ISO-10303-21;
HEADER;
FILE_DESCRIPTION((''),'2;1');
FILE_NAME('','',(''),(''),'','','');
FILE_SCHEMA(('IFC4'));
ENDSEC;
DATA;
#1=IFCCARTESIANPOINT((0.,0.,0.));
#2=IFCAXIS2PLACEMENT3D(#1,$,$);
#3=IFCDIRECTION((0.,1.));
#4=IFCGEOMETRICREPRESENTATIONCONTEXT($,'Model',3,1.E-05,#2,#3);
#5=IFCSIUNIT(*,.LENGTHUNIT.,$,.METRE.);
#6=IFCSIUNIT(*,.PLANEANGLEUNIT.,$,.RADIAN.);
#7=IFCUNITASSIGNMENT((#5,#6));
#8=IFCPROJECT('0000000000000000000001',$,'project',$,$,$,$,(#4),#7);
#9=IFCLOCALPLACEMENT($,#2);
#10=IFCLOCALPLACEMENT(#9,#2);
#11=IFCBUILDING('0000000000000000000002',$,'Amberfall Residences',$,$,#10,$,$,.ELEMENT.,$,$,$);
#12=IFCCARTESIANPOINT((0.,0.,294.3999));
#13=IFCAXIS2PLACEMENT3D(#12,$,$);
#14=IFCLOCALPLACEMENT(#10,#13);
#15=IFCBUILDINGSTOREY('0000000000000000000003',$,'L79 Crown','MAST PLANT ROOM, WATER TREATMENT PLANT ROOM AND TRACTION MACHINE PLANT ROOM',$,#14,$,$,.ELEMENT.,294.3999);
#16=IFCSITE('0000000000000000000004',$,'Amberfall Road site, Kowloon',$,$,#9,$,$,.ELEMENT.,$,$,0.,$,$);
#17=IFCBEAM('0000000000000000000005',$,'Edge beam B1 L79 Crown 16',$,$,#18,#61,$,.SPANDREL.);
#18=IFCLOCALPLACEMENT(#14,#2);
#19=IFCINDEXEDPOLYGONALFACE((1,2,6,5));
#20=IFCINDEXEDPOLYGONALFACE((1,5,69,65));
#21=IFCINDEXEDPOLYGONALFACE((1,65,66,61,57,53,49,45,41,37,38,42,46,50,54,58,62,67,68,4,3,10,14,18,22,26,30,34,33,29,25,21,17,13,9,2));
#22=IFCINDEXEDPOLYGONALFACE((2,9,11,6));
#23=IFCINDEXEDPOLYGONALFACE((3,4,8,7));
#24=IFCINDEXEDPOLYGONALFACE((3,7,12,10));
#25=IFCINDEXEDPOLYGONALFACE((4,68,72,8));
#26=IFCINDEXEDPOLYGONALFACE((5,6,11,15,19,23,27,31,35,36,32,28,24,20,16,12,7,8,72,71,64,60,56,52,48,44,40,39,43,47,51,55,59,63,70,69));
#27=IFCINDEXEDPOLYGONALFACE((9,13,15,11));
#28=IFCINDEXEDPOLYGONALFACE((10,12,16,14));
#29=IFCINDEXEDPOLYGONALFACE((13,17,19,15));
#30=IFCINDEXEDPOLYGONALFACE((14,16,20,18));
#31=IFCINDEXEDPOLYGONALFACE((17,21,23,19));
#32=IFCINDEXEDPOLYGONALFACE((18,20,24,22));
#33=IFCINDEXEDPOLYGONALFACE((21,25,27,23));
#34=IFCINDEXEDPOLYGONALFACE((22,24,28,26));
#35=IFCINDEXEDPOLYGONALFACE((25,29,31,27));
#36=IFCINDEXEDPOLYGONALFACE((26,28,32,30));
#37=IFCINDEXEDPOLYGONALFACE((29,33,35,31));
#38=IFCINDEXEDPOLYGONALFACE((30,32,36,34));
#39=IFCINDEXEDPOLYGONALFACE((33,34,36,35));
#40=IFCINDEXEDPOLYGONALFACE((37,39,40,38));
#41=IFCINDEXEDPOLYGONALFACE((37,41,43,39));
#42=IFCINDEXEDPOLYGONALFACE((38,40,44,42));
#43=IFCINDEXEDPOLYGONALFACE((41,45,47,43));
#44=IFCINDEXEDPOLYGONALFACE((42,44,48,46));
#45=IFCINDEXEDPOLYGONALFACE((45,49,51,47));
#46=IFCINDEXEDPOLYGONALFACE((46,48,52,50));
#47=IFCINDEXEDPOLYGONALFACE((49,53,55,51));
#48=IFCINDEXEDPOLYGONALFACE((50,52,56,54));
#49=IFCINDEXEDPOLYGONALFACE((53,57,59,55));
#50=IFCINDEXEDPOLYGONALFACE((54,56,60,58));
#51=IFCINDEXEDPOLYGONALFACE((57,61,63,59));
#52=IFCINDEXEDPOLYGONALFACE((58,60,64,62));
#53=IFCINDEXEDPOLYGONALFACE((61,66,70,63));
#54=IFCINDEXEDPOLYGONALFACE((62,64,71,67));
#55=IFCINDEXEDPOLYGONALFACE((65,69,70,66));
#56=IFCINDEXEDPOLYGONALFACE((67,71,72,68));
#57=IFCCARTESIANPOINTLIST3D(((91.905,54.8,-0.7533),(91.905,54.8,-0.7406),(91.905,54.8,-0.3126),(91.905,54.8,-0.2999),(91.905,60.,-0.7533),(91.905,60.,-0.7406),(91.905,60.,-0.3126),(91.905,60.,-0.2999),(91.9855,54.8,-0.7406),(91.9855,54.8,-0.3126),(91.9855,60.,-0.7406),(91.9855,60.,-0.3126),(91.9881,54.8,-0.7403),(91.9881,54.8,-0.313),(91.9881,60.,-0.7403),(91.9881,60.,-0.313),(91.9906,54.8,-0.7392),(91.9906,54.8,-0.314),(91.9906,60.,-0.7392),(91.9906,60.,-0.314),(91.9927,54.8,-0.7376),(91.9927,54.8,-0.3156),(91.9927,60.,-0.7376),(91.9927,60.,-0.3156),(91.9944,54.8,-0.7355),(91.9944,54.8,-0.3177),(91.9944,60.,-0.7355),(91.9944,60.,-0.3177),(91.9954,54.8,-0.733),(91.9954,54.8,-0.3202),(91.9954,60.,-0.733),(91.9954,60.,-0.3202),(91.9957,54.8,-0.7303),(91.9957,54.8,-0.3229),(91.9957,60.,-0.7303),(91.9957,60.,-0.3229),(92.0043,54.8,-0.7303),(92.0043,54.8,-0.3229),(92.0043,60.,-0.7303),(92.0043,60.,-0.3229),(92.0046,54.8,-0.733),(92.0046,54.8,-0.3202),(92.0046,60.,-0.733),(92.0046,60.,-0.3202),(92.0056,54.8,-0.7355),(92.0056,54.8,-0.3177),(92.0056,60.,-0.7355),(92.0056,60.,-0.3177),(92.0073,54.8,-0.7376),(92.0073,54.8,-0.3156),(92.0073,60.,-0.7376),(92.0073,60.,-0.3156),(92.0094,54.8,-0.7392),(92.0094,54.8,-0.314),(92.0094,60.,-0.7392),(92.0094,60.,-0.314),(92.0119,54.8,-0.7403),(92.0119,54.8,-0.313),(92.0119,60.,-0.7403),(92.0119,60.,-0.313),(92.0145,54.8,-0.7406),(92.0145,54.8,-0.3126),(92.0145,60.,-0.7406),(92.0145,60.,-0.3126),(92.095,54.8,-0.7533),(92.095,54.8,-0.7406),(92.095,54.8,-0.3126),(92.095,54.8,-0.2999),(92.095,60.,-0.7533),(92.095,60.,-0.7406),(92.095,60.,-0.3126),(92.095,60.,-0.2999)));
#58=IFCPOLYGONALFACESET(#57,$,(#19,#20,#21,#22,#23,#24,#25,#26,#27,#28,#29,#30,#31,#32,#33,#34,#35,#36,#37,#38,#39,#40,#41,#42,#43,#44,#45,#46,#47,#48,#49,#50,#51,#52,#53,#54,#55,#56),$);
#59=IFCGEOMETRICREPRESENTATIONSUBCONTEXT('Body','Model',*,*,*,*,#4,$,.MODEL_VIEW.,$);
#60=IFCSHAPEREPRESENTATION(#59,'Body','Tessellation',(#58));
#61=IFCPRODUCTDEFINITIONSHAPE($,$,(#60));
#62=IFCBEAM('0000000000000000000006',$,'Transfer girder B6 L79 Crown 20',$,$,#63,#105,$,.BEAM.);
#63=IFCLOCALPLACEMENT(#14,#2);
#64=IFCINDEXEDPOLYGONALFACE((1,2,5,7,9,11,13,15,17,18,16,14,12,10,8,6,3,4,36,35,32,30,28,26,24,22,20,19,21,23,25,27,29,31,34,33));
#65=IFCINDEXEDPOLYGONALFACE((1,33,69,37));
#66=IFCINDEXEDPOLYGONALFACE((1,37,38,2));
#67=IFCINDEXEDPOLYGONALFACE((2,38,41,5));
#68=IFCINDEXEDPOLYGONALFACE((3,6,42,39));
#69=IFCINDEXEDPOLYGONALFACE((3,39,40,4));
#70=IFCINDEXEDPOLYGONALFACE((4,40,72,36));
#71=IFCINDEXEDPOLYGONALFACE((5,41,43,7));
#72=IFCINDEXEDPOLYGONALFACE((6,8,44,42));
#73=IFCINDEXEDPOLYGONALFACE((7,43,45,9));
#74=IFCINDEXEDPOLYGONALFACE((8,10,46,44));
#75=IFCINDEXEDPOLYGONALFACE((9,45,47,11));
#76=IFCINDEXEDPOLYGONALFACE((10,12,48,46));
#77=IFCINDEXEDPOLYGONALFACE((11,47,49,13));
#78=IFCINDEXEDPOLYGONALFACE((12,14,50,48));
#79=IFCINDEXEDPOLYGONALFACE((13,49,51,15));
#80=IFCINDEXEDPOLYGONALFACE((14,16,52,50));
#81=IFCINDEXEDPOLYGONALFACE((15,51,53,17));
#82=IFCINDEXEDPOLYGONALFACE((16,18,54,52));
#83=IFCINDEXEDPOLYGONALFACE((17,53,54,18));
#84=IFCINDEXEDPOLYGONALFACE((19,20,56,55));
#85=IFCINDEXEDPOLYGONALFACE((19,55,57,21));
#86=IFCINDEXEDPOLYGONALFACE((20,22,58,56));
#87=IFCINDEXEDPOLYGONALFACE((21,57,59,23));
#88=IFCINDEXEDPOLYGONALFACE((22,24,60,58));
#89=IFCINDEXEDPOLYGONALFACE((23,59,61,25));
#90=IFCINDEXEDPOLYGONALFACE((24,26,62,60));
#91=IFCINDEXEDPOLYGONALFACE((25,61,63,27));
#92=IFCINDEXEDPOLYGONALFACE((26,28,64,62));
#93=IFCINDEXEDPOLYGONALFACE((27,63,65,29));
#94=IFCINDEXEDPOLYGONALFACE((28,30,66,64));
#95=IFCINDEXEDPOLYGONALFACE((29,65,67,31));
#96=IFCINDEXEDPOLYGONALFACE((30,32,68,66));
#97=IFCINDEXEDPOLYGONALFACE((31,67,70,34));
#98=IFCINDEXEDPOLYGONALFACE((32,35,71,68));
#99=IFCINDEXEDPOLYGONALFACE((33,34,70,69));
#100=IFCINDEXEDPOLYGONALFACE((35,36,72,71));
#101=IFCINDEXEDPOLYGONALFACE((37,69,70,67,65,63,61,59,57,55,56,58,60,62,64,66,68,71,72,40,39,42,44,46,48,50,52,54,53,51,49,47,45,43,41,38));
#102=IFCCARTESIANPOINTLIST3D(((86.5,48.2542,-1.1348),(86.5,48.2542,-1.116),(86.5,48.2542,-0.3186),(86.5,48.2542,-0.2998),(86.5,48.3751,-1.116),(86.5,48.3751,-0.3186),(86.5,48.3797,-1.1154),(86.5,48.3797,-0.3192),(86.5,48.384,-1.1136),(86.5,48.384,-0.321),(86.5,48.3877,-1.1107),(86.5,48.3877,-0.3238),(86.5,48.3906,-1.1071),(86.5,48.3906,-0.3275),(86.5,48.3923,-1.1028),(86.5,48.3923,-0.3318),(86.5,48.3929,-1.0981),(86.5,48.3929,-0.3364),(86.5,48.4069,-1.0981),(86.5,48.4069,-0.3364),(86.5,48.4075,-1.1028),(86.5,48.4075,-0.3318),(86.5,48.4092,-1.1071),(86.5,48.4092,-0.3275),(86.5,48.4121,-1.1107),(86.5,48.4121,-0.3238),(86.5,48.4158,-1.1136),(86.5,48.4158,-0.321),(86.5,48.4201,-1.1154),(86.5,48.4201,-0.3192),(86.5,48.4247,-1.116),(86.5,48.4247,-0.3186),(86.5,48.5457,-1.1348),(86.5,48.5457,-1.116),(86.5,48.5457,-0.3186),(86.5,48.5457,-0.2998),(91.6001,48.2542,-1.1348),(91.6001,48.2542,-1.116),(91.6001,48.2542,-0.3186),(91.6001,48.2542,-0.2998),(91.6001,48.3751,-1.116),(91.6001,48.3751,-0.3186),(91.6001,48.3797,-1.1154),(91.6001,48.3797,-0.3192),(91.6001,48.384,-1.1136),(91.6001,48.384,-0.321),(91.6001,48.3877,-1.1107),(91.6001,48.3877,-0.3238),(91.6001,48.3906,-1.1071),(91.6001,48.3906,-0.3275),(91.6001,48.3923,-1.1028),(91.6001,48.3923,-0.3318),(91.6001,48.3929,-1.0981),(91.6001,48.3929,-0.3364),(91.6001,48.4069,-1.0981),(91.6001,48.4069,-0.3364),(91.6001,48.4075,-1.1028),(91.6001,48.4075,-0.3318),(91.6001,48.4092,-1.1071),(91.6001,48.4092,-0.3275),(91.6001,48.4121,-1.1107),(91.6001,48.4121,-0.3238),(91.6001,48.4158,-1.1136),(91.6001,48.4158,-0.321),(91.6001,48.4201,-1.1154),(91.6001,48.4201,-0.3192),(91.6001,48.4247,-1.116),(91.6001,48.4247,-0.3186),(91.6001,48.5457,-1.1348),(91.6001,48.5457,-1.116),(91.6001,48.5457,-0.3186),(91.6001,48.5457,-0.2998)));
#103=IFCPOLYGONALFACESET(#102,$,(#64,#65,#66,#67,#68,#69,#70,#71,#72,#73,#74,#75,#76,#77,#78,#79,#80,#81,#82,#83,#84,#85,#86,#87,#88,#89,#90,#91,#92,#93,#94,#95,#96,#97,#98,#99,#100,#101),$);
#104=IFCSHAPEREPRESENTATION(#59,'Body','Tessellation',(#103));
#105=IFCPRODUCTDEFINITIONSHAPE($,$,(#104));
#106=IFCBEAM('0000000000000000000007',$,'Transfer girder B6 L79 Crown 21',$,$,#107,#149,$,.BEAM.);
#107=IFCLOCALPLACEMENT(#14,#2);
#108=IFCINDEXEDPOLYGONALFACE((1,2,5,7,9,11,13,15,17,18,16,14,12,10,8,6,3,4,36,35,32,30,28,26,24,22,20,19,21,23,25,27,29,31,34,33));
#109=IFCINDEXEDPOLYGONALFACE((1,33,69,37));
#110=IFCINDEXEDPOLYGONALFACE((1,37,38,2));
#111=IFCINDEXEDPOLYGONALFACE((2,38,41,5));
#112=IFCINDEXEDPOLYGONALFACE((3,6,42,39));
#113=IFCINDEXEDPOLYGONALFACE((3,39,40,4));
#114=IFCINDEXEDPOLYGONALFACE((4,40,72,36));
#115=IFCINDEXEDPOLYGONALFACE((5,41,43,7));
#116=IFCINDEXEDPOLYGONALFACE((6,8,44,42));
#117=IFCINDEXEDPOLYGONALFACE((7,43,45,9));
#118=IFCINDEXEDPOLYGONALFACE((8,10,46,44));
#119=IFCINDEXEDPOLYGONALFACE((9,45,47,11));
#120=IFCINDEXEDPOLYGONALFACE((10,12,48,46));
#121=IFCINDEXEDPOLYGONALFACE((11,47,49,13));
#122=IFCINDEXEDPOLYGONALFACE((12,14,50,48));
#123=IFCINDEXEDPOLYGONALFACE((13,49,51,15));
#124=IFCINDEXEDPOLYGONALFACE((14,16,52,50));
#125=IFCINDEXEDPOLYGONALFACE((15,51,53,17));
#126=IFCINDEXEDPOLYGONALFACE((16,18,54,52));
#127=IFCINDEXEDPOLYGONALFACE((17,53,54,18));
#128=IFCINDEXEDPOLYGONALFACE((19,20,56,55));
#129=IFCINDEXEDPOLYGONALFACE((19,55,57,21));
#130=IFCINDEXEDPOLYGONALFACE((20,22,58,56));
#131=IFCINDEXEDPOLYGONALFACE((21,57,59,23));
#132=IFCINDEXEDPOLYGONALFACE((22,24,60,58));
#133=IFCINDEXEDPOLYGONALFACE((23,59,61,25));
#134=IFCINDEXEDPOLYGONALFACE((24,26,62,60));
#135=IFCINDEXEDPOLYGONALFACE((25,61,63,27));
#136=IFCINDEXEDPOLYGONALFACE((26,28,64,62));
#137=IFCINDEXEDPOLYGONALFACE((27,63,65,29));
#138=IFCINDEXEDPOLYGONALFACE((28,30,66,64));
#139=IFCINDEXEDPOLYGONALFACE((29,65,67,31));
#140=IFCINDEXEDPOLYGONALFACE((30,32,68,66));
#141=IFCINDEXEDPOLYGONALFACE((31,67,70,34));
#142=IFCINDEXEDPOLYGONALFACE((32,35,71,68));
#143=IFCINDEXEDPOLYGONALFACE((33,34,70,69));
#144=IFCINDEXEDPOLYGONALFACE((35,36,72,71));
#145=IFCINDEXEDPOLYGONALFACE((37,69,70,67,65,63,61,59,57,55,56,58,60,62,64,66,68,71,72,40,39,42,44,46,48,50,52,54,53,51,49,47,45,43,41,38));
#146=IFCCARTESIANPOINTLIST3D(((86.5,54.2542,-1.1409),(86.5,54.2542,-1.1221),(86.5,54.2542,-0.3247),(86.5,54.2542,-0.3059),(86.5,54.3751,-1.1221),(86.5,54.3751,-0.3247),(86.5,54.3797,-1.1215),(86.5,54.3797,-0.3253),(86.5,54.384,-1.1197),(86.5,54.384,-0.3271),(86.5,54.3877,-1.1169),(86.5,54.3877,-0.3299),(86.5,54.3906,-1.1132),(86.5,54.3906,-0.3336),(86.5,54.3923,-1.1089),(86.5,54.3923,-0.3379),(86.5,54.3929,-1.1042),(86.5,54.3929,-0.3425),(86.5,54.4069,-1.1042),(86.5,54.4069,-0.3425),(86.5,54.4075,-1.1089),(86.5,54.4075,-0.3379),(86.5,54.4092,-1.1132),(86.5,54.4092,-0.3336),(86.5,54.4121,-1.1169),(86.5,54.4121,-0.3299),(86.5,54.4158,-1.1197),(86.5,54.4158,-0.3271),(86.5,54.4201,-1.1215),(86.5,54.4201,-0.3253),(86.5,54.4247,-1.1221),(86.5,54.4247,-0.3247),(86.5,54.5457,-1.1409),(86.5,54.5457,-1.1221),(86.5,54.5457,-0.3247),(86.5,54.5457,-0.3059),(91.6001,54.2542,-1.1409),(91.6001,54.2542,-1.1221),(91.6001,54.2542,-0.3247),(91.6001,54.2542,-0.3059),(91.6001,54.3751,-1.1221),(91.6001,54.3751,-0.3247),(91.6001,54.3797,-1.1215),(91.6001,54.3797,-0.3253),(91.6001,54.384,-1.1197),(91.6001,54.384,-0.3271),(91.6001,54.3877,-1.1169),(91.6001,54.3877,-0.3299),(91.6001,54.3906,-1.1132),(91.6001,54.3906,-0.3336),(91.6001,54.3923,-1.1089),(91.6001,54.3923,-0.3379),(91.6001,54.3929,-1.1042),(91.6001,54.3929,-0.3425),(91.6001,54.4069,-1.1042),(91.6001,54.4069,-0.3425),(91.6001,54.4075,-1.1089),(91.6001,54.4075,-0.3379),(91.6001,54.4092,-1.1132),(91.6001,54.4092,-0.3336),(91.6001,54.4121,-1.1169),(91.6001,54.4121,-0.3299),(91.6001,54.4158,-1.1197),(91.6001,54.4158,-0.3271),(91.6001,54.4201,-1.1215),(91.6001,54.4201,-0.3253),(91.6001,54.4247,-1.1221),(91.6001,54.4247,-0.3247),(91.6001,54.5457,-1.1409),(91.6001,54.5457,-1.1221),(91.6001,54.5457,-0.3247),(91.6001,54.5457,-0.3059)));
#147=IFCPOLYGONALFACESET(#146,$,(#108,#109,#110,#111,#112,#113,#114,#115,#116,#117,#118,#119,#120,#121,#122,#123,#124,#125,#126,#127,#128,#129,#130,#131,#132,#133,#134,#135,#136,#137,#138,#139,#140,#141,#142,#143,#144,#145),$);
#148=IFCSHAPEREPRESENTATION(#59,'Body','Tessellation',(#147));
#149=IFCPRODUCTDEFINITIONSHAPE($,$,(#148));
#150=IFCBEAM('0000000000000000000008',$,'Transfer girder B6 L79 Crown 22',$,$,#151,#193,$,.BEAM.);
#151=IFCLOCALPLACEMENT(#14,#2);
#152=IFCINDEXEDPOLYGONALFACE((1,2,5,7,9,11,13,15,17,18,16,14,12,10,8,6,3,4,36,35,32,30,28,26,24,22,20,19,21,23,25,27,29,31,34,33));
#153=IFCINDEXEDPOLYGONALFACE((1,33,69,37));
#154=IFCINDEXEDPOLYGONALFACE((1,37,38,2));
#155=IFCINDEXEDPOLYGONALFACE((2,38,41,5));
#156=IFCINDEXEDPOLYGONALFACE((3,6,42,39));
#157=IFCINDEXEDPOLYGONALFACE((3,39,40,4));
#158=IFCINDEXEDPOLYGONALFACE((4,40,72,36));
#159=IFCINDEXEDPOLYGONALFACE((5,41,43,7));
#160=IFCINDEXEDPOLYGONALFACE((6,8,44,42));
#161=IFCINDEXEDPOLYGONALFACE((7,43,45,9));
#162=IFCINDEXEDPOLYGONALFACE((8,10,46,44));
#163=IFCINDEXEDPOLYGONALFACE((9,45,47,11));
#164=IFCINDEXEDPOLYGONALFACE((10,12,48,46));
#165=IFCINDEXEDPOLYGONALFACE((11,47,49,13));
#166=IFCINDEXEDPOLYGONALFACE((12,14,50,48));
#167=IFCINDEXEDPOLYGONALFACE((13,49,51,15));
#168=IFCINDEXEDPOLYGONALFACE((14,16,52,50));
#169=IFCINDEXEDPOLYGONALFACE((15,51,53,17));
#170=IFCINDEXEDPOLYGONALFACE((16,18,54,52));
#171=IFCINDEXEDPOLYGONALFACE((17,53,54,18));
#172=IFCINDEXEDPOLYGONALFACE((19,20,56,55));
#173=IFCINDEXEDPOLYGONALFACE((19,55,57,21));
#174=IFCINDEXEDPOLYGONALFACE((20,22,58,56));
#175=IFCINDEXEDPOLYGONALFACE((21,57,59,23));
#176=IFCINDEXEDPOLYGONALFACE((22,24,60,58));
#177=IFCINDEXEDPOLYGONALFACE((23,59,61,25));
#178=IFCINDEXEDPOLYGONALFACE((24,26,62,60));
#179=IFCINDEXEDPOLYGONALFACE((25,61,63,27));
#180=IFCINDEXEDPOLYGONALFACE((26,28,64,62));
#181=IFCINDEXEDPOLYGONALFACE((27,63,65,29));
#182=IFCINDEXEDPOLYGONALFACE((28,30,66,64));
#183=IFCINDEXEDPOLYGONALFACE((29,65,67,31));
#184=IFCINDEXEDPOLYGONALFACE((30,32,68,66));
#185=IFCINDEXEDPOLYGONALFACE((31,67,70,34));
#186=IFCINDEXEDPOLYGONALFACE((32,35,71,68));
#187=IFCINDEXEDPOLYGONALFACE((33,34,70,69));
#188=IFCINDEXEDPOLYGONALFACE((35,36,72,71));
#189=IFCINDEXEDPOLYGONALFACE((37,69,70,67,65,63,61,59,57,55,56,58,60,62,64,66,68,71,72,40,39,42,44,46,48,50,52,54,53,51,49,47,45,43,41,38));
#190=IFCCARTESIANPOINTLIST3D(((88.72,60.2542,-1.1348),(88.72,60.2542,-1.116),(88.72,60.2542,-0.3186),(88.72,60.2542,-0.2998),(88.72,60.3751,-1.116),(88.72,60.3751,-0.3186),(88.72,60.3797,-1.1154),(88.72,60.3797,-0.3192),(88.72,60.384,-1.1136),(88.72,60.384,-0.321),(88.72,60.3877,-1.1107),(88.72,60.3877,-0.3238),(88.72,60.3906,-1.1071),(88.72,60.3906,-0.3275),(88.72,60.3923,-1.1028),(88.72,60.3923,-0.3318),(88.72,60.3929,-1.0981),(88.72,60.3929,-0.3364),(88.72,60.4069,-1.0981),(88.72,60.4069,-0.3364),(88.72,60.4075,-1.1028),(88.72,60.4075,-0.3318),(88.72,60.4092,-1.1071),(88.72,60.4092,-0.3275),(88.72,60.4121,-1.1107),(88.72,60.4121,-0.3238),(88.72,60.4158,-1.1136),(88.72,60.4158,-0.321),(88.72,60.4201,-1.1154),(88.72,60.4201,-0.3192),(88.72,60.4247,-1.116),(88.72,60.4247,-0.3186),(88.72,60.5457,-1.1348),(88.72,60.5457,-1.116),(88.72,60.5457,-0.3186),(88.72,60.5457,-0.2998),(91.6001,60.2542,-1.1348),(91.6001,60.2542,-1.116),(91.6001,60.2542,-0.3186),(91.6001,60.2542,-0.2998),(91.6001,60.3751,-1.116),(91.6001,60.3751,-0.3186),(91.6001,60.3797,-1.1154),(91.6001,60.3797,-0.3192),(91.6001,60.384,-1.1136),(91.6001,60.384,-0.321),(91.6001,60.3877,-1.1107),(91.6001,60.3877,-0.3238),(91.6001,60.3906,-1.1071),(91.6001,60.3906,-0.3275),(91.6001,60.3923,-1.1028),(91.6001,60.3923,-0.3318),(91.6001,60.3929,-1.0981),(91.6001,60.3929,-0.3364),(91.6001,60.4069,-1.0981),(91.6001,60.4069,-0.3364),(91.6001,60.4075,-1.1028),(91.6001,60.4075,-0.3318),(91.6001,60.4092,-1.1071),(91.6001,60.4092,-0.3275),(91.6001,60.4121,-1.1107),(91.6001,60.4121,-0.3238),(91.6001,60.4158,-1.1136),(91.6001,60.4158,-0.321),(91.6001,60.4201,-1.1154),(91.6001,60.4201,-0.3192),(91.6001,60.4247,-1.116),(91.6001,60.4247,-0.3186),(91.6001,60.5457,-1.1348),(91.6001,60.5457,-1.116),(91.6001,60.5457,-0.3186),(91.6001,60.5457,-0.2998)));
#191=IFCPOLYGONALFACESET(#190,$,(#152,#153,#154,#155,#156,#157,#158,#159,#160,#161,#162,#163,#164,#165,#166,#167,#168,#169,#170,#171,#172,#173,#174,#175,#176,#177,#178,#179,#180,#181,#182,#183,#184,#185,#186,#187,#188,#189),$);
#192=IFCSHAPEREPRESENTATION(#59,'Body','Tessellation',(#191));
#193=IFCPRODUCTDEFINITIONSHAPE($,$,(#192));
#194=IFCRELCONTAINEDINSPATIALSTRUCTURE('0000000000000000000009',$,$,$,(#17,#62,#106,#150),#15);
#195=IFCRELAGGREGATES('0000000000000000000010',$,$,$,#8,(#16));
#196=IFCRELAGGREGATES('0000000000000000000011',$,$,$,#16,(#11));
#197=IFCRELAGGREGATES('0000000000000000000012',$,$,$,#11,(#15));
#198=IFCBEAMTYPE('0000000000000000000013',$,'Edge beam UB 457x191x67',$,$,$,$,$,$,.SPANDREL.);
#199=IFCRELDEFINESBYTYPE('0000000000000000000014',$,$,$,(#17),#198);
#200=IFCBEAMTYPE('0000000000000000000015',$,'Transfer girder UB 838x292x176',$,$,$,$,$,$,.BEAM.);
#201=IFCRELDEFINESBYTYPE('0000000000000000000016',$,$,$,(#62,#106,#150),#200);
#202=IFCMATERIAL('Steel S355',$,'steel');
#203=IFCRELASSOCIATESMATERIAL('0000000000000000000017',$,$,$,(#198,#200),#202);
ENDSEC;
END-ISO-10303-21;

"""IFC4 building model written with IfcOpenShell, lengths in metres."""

from ifc_helpers import new_model, si_unit, direction, frame, origin, origin_2d, place, context, subcontext, project, spatial, i_section, extrude, material, material_profile, profile_set, type_object, element, save


model = new_model("IFC4")

# Units and contexts
model_context = context("Model", 3, precision=1e-05, world=origin(), true_north=direction((0.0, 1.0)))
body_context = subcontext(model_context, "Body", "Model", "MODEL_VIEW")
ifc_project = project(units=[si_unit("LENGTHUNIT", "METRE"), si_unit("PLANEANGLEUNIT", "RADIAN")], contexts=[model_context])

# Site, building, storey
site_placement = place(None, origin())
site = spatial("IfcSite", under=ifc_project, at=site_placement, Name="Amberfall Road site, Kowloon", CompositionType="ELEMENT", RefElevation=0.0)
building_placement = place(site_placement, origin())
building = spatial("IfcBuilding", under=site, at=building_placement, Name="Amberfall Residences", CompositionType="ELEMENT")
storey_placement = place(building_placement, frame((0.0, 0.0, 294.3999)))
storey = spatial("IfcBuildingStorey", under=building, at=storey_placement, Name="L79 Crown", Description="MAST PLANT ROOM, WATER TREATMENT PLANT ROOM AND TRACTION MACHINE PLANT ROOM", CompositionType="ELEMENT", Elevation=294.3999)

# Beams
ifc_material_1 = material(Name="Steel S355", Category="steel")
ifc_material_profile_1 = material_profile(ifc_material_1, i_section(OverallWidth=0.1899, OverallDepth=0.4534, WebThickness=0.0085, FlangeThickness=0.0127, FilletRadius=0.0103, at=origin_2d()), Name="UB 457x191x67")
ifc_profile_set_1 = profile_set([ifc_material_profile_1], Name="Steel S355")
beam_type_1 = type_object("IfcBeamType", Name="Edge beam UB 457x191x67", PredefinedType="SPANDREL", material=ifc_profile_set_1)
for number, where, z_axis, x_axis, name in (
    (1, (92.0, 54.8, -0.5266), (0.0, 1.0, 0.0), (-1.0, 0.0, 0.0), "Edge beam B1 L79 Crown 16"),
):
    element("IfcBeam", number, at=place(storey_placement, frame(where, z_axis=z_axis, x_axis=x_axis)), inside=storey, type_object=beam_type_1, Name=name, PredefinedType="SPANDREL", context=body_context, shape_type="SweptSolid", body=[
        extrude(i_section(OverallWidth=0.1899, OverallDepth=0.4534, WebThickness=0.0085, FlangeThickness=0.0127, FilletRadius=0.0103, at=origin_2d()), origin(), (0.0, 0.0, 1.0), 5.2),
    ])
ifc_material_profile_2 = material_profile(ifc_material_1, i_section(OverallWidth=0.2915, OverallDepth=0.835, WebThickness=0.0139, FlangeThickness=0.0188, FilletRadius=0.0178, at=origin_2d()), Name="UB 838x292x176")
ifc_profile_set_2 = profile_set([ifc_material_profile_2], Name="Steel S355")
beam_type_2 = type_object("IfcBeamType", Name="Transfer girder UB 838x292x176", PredefinedType="BEAM", material=ifc_profile_set_2)
for number, where, z_axis, x_axis, name in (
    (2, (91.6001, 48.3999, -0.7173), (-1.0, 0.0, 0.0), (0.0, -1.0, 0.0), "Transfer girder B6 L79 Crown 20"),
    (3, (91.6001, 54.3999, -0.7234), (-1.0, 0.0, 0.0), (0.0, -1.0, 0.0), "Transfer girder B6 L79 Crown 21"),
):
    element("IfcBeam", number, at=place(storey_placement, frame(where, z_axis=z_axis, x_axis=x_axis)), inside=storey, type_object=beam_type_2, Name=name, PredefinedType="BEAM", context=body_context, shape_type="SweptSolid", body=[
        extrude(i_section(OverallWidth=0.2915, OverallDepth=0.835, WebThickness=0.0139, FlangeThickness=0.0188, FilletRadius=0.0178, at=origin_2d()), origin(), (0.0, 0.0, 1.0), 5.1001),
    ])
beam_1_placement = place(storey_placement, frame((91.6001, 60.3999, -0.7173), z_axis=(-1.0, 0.0, 0.0), x_axis=(0.0, -1.0, 0.0)))
element("IfcBeam", 4, at=beam_1_placement, inside=storey, type_object=beam_type_2, Name="Transfer girder B6 L79 Crown 22", PredefinedType="BEAM", context=body_context, shape_type="SweptSolid", body=[
    extrude(i_section(OverallWidth=0.2915, OverallDepth=0.835, WebThickness=0.0139, FlangeThickness=0.0188, FilletRadius=0.0178, at=origin_2d()), origin(), (0.0, 0.0, 1.0), 2.8801),
])

save(model, "model.ifc")
